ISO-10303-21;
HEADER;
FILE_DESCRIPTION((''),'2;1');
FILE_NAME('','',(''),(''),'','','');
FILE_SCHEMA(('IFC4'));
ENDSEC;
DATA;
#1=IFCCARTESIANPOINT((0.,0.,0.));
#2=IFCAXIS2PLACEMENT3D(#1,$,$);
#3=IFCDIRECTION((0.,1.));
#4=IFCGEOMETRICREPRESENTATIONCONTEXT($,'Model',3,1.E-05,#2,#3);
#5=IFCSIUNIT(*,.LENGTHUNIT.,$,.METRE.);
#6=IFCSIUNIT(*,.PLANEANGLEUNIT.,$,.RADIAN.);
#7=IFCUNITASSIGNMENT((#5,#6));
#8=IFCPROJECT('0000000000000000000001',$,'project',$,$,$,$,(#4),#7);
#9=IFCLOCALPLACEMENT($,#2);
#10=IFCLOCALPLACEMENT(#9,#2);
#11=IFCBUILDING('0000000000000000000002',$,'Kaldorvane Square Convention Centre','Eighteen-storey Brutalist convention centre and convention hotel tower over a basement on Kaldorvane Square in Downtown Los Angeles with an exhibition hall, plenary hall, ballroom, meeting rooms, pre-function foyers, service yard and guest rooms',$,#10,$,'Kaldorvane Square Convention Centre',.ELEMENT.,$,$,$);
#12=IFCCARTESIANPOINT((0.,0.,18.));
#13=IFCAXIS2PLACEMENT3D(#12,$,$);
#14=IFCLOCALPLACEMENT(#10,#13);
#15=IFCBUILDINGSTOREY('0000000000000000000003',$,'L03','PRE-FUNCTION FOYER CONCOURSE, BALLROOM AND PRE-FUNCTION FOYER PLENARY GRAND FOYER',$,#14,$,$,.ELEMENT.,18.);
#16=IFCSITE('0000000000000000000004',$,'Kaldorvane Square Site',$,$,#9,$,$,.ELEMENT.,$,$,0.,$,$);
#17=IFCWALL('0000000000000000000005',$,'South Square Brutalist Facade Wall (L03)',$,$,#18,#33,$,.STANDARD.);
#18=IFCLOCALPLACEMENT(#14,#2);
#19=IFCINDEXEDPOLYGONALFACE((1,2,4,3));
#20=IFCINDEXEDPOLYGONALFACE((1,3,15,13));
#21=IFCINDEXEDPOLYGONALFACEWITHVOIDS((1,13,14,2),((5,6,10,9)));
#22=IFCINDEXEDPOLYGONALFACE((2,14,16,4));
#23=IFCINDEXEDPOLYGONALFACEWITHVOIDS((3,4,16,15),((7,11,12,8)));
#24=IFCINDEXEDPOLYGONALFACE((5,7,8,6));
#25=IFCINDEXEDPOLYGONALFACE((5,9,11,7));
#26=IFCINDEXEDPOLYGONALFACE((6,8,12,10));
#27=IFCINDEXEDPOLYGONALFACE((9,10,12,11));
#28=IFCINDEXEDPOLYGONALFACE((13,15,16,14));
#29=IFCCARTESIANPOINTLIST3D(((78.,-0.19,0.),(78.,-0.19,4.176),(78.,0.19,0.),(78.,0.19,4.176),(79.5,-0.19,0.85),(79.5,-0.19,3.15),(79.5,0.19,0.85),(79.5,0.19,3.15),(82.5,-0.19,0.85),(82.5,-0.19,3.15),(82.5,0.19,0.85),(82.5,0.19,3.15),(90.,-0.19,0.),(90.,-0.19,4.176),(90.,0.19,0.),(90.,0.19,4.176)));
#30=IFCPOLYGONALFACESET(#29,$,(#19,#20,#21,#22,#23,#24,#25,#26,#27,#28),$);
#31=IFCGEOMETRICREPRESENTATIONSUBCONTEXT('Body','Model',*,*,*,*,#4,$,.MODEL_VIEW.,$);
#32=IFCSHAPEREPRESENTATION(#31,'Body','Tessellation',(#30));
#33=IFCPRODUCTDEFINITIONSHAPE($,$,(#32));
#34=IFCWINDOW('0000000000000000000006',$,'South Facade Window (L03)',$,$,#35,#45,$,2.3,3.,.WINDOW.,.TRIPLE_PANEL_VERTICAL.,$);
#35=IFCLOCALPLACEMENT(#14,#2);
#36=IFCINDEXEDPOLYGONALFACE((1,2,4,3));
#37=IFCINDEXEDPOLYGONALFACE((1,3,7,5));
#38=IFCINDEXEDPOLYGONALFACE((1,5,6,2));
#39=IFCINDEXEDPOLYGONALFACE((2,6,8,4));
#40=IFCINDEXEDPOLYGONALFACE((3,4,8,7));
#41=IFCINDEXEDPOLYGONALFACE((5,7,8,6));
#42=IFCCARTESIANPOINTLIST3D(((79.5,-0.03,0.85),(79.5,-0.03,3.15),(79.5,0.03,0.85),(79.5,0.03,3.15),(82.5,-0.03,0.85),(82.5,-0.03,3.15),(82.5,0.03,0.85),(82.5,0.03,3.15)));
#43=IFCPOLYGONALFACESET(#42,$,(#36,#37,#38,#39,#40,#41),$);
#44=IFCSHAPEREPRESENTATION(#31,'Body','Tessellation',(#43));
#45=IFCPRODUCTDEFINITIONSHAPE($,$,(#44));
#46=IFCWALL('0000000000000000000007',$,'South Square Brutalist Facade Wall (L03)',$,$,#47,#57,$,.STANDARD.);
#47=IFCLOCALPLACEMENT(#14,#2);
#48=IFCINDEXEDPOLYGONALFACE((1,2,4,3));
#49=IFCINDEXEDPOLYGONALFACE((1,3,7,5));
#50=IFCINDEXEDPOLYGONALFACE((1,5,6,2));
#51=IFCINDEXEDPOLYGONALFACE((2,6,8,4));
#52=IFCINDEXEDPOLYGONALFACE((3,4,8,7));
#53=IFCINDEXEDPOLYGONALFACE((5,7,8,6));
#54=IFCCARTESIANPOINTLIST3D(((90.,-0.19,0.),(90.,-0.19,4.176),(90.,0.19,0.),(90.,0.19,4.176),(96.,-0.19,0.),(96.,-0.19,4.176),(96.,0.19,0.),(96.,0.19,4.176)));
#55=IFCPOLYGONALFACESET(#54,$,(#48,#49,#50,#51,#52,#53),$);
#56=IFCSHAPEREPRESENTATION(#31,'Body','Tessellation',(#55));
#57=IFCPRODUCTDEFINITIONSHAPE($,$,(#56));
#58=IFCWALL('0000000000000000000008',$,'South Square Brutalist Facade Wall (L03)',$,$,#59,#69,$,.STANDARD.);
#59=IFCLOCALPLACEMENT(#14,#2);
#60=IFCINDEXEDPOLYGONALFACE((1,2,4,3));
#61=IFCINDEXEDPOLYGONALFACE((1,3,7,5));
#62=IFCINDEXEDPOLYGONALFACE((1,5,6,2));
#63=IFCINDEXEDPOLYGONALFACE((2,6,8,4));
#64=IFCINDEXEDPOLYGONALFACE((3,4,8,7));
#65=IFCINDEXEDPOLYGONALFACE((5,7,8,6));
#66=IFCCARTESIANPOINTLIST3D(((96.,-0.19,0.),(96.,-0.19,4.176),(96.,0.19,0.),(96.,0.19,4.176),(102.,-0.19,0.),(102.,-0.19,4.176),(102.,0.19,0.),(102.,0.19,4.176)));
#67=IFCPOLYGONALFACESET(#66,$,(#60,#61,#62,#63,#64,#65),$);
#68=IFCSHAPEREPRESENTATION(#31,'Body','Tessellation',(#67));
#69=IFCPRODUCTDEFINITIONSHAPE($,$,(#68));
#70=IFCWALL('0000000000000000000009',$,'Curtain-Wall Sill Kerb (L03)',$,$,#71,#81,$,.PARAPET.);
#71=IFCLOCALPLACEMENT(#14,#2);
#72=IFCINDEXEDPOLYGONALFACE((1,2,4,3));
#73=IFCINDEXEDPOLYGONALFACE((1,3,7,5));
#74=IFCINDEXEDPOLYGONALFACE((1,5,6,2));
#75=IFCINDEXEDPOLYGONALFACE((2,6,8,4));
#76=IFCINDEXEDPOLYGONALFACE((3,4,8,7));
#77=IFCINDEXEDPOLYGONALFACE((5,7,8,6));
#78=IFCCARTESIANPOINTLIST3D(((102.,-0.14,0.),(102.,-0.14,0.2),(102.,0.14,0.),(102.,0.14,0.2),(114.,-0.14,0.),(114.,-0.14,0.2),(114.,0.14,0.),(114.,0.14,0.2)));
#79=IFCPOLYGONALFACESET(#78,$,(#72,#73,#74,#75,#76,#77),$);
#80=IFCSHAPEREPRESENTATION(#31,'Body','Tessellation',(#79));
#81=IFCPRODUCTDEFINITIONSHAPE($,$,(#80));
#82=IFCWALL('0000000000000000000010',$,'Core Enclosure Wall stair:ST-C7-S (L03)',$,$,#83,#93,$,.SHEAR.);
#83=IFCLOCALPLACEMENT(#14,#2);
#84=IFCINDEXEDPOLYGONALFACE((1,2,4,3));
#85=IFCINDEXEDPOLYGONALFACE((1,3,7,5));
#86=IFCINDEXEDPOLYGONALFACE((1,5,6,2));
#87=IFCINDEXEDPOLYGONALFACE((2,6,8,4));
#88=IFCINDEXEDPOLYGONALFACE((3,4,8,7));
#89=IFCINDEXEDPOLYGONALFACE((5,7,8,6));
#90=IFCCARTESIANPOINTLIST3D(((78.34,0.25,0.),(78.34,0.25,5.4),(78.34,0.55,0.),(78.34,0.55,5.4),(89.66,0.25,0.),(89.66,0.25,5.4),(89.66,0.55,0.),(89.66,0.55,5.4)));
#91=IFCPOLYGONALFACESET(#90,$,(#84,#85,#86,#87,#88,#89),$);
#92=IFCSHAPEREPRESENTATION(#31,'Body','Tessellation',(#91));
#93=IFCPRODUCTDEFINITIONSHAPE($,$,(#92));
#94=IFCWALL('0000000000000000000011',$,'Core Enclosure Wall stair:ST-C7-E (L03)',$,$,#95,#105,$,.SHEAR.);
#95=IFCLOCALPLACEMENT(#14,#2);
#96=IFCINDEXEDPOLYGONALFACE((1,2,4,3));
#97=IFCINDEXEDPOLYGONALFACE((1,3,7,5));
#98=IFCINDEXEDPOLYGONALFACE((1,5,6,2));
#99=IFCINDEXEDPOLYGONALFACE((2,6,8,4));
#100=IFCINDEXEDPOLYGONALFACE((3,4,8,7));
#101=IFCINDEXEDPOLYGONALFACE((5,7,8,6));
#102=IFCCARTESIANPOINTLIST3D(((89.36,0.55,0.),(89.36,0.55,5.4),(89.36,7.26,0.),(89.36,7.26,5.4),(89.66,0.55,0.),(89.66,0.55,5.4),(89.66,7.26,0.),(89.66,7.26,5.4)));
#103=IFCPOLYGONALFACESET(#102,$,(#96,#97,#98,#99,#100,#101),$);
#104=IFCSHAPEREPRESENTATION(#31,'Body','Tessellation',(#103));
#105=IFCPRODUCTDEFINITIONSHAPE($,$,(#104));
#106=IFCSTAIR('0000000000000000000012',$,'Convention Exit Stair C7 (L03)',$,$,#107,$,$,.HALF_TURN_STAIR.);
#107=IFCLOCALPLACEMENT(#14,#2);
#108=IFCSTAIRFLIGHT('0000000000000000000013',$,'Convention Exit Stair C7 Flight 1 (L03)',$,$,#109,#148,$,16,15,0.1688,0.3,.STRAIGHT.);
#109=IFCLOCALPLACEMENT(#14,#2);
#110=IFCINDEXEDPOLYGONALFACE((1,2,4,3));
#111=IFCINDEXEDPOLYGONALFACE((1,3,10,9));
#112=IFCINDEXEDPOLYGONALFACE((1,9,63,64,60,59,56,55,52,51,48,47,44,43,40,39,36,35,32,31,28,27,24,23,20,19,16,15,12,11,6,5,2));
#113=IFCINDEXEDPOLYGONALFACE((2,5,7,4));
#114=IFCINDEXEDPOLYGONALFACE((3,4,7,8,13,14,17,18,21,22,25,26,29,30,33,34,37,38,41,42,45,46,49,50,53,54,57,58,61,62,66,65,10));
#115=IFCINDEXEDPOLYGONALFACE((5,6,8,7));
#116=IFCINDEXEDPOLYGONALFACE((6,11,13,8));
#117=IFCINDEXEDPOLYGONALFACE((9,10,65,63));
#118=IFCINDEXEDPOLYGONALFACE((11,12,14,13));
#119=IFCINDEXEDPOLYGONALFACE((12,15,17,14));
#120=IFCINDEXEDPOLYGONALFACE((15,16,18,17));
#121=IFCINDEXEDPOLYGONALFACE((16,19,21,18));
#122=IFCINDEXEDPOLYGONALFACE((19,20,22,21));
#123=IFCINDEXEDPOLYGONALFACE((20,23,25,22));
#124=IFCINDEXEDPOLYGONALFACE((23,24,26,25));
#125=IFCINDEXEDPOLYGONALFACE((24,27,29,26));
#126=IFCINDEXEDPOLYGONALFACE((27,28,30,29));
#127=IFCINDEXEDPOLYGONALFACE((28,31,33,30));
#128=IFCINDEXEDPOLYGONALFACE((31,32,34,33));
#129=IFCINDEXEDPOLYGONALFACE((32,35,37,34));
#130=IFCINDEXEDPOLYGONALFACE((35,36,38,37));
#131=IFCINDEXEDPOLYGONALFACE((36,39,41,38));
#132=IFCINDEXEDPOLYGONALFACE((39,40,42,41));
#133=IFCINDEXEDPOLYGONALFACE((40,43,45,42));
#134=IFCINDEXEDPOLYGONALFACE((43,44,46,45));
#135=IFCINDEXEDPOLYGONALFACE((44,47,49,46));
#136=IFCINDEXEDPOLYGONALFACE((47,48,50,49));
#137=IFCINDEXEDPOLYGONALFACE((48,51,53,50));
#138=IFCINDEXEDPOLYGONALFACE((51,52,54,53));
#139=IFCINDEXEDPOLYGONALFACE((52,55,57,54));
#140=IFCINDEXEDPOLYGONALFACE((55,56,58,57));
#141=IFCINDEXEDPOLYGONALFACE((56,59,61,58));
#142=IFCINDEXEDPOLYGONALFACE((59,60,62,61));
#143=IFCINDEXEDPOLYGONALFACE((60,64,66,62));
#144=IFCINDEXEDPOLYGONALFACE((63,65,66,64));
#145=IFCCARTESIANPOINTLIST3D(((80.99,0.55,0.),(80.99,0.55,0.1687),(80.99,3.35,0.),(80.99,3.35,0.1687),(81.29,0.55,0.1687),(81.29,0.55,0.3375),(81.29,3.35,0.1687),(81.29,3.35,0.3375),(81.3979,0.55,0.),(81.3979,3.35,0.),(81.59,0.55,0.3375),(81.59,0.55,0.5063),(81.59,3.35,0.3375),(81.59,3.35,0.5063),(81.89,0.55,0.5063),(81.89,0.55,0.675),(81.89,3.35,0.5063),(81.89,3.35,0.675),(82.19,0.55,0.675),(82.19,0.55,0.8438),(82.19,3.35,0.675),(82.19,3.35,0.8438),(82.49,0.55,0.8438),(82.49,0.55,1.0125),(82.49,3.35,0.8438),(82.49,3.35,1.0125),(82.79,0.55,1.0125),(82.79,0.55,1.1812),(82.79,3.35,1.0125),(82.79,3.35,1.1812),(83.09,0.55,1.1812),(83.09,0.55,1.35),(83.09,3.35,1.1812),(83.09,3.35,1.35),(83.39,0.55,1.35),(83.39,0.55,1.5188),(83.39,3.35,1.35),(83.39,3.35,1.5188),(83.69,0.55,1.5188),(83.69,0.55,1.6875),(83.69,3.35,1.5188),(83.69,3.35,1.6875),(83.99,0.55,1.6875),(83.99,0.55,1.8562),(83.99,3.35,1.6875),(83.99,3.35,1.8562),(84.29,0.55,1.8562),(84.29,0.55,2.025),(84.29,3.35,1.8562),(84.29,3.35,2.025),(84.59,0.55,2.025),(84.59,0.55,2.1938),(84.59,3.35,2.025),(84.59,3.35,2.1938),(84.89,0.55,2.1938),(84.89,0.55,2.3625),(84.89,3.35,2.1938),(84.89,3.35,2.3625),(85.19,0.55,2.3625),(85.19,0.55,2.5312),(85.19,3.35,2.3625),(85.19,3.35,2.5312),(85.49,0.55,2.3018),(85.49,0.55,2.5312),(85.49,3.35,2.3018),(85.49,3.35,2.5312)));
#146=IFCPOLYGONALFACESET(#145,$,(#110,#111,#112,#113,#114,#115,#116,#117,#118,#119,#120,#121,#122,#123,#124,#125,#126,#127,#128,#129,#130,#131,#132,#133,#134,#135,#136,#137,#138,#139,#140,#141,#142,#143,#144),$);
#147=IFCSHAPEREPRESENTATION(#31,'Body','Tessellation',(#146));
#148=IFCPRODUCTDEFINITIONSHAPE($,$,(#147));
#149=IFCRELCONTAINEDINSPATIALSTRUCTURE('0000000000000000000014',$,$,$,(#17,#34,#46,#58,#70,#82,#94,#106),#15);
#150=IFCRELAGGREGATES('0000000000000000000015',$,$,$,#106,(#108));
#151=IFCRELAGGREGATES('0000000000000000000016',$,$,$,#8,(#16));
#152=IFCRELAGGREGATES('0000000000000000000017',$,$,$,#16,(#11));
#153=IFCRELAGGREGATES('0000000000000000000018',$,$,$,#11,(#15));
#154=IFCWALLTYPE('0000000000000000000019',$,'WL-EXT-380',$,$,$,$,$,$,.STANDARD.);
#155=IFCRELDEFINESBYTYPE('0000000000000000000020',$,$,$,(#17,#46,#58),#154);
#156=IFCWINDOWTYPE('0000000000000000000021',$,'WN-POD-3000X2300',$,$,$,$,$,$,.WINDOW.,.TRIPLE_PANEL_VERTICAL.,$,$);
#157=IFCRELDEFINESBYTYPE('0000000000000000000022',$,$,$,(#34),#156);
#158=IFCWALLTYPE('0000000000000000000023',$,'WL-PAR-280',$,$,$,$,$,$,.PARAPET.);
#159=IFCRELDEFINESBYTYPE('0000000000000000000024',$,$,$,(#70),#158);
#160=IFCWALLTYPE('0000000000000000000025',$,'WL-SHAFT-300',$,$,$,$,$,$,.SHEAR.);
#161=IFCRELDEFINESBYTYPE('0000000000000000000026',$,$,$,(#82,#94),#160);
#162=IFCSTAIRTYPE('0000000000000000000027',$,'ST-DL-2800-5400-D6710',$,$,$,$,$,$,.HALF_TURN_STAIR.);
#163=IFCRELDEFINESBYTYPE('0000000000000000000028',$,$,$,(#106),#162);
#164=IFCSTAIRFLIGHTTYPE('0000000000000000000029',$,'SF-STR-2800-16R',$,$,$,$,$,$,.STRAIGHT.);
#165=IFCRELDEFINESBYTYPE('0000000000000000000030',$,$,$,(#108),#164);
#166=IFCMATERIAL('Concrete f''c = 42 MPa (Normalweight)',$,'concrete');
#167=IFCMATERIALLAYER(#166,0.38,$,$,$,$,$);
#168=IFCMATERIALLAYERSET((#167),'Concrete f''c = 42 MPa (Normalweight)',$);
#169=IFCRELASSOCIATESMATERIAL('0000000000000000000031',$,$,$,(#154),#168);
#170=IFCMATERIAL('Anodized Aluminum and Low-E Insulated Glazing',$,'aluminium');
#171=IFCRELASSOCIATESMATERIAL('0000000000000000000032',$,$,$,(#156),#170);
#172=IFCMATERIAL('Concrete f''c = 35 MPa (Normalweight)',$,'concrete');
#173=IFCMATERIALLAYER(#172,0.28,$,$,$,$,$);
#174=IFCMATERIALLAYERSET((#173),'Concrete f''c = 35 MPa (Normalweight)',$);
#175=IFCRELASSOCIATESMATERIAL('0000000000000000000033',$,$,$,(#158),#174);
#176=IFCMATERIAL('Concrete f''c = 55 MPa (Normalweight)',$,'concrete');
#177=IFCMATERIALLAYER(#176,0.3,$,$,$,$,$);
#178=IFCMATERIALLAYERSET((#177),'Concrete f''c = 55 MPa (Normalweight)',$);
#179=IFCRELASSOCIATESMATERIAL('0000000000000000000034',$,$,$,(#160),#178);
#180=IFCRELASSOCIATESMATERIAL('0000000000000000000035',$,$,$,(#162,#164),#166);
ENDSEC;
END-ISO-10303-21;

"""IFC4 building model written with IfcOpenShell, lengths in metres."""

from ifc_helpers import new_model, si_unit, direction, frame, frame_2d, origin, place, context, subcontext, project, spatial, polyline, rectangle, outline, extrude, material, layer, layer_set, type_object, element, fill, aggregate, save


model = new_model("IFC4")

# Units and contexts
model_context = context("Model", 3, precision=1e-05, world=origin(), true_north=direction((0.0, 1.0)))
body_context = subcontext(model_context, "Body", "Model", "MODEL_VIEW")
ifc_project = project(units=[si_unit("LENGTHUNIT", "METRE"), si_unit("PLANEANGLEUNIT", "RADIAN")], contexts=[model_context])

# Site, building, storey
site_placement = place(None, origin())
site = spatial("IfcSite", under=ifc_project, at=site_placement, Name="Kaldorvane Square Site", CompositionType="ELEMENT", RefElevation=0.0)
building_placement = place(site_placement, origin())
building = spatial("IfcBuilding", under=site, at=building_placement, Name="Kaldorvane Square Convention Centre", Description="Eighteen-storey Brutalist convention centre and convention hotel tower over a basement on Kaldorvane Square in Downtown Los Angeles with an exhibition hall, plenary hall, ballroom, meeting rooms, pre-function foyers, service yard and guest rooms", LongName="Kaldorvane Square Convention Centre", CompositionType="ELEMENT")
storey_placement = place(building_placement, frame((0.0, 0.0, 18.0)))
storey = spatial("IfcBuildingStorey", under=building, at=storey_placement, Name="L03", Description="PRE-FUNCTION FOYER CONCOURSE, BALLROOM AND PRE-FUNCTION FOYER PLENARY GRAND FOYER", CompositionType="ELEMENT", Elevation=18.0)

# Shared definitions
ifc_material_1 = material(Name="Concrete f'c = 55 MPa (Normalweight)", Category="concrete")

# Shared definitions
ifc_material_2 = material(Name="Concrete f'c = 42 MPa (Normalweight)", Category="concrete")

# Shared definitions
ifc_material_3 = material(Name="Anodized Aluminum and Low-E Insulated Glazing", Category="aluminium")

# Wall, opening, window
ifc_layer_1 = layer(ifc_material_2, 0.38)
ifc_layer_set_1 = layer_set([ifc_layer_1], Name="Concrete f'c = 42 MPa (Normalweight)")
wall_type_1 = type_object("IfcWallType", Name="WL-EXT-380", PredefinedType="STANDARD", material=ifc_layer_set_1)
wall_1_placement = place(storey_placement, frame((78.0, 0.0, 0.0), z_axis=(0.0, 0.0, 1.0), x_axis=(1.0, 0.0, 0.0)))
wall_1 = element("IfcWall", 1, at=wall_1_placement, inside=storey, type_object=wall_type_1, Name="South Square Brutalist Facade Wall (L03)", PredefinedType="STANDARD", context=body_context, shape_type="SweptSolid", body=[
    extrude(rectangle(XDim=12.0, YDim=0.38, at=frame_2d((6.0, 0.0))), origin(), (0.0, 0.0, 1.0), 4.176),
])
opening_placement = place(wall_1_placement, frame((1.5, 0.0, 0.85)))
opening = element("IfcOpeningElement", 2, at=opening_placement, cuts=wall_1, PredefinedType="OPENING", context=body_context, shape_type="SweptSolid", body=[
    extrude(rectangle(XDim=3.0, YDim=2.3, at=frame_2d((1.5, 1.15))), frame((0.0, 0.205, 0.0), z_axis=(0.0, -1.0, 0.0), x_axis=(1.0, 0.0, 0.0)), (0.0, 0.0, 1.0), 0.41),
])
window_type = type_object("IfcWindowType", Name="WN-POD-3000X2300", PartitioningType="TRIPLE_PANEL_VERTICAL", PredefinedType="WINDOW", material=ifc_material_3)
window_placement = place(opening_placement, origin())
window = element("IfcWindow", 3, at=window_placement, inside=storey, type_object=window_type, Name="South Facade Window (L03)", OverallHeight=2.3, OverallWidth=3.0, PartitioningType="TRIPLE_PANEL_VERTICAL", PredefinedType="WINDOW", context=body_context, shape_type="SweptSolid", body=[
    extrude(rectangle(XDim=3.0, YDim=2.3, at=frame_2d((1.5, 1.15))), frame((0.0, 0.03, 0.0), z_axis=(0.0, -1.0, 0.0), x_axis=(1.0, 0.0, 0.0)), (0.0, 0.0, 1.0), 0.06),
])
fill(opening, window)

# Walls
for number, where, z_axis, x_axis, name in (
    (4, (90.0, 0.0, 0.0), (0.0, 0.0, 1.0), (1.0, 0.0, 0.0), "South Square Brutalist Facade Wall (L03)"),
    (5, (96.0, 0.0, 0.0), (0.0, 0.0, 1.0), (1.0, 0.0, 0.0), "South Square Brutalist Facade Wall (L03)"),
):
    element("IfcWall", number, at=place(storey_placement, frame(where, z_axis=z_axis, x_axis=x_axis)), inside=storey, type_object=wall_type_1, Name=name, PredefinedType="STANDARD", context=body_context, shape_type="SweptSolid", body=[
        extrude(rectangle(XDim=6.0, YDim=0.38, at=frame_2d((3.0, 0.0))), origin(), (0.0, 0.0, 1.0), 4.176),
    ])
ifc_material_4 = material(Name="Concrete f'c = 35 MPa (Normalweight)", Category="concrete")
ifc_layer_2 = layer(ifc_material_4, 0.28)
ifc_layer_set_2 = layer_set([ifc_layer_2], Name="Concrete f'c = 35 MPa (Normalweight)")
wall_type_2 = type_object("IfcWallType", Name="WL-PAR-280", PredefinedType="PARAPET", material=ifc_layer_set_2)
wall_2_placement = place(storey_placement, frame((102.0, 0.0, 0.0), z_axis=(0.0, 0.0, 1.0), x_axis=(1.0, 0.0, 0.0)))
element("IfcWall", 6, at=wall_2_placement, inside=storey, type_object=wall_type_2, Name="Curtain-Wall Sill Kerb (L03)", PredefinedType="PARAPET", context=body_context, shape_type="SweptSolid", body=[
    extrude(rectangle(XDim=12.0, YDim=0.28, at=frame_2d((6.0, 0.0))), origin(), (0.0, 0.0, 1.0), 0.2),
])
ifc_layer_3 = layer(ifc_material_1, 0.3)
ifc_layer_set_3 = layer_set([ifc_layer_3], Name="Concrete f'c = 55 MPa (Normalweight)")
wall_type_3 = type_object("IfcWallType", Name="WL-SHAFT-300", PredefinedType="SHEAR", material=ifc_layer_set_3)
wall_3_placement = place(storey_placement, frame((89.66, 0.4, 0.0), z_axis=(0.0, 0.0, 1.0), x_axis=(-1.0, 0.0, 0.0)))
element("IfcWall", 7, at=wall_3_placement, inside=storey, type_object=wall_type_3, Name="Core Enclosure Wall stair:ST-C7-S (L03)", PredefinedType="SHEAR", context=body_context, shape_type="SweptSolid", body=[
    extrude(rectangle(XDim=11.32, YDim=0.3, at=frame_2d((5.66, 0.0))), origin(), (0.0, 0.0, 1.0), 5.4),
])
wall_4_placement = place(storey_placement, frame((89.51, 0.55, 0.0), z_axis=(0.0, 0.0, 1.0), x_axis=(0.0, 1.0, 0.0)))
element("IfcWall", 8, at=wall_4_placement, inside=storey, type_object=wall_type_3, Name="Core Enclosure Wall stair:ST-C7-E (L03)", PredefinedType="SHEAR", context=body_context, shape_type="SweptSolid", body=[
    extrude(rectangle(XDim=6.71, YDim=0.3, at=frame_2d((3.355, 0.0))), origin(), (0.0, 0.0, 1.0), 5.4),
])

# Stair, stair flight
stair_type = type_object("IfcStairType", Name="ST-DL-2800-5400-D6710", PredefinedType="HALF_TURN_STAIR", material=ifc_material_2)
stair_placement = place(storey_placement, origin())
stair = element("IfcStair", 9, at=stair_placement, inside=storey, type_object=stair_type, Name="Convention Exit Stair C7 (L03)", PredefinedType="HALF_TURN_STAIR")
stair_flight_type = type_object("IfcStairFlightType", Name="SF-STR-2800-16R", PredefinedType="STRAIGHT", material=ifc_material_2)
stair_flight_placement = place(storey_placement, frame((80.99, 1.95, 0.0), z_axis=(0.0, 0.0, 1.0), x_axis=(1.0, 0.0, 0.0)))
stair_flight = element("IfcStairFlight", 10, at=stair_flight_placement, type_object=stair_flight_type, Name="Convention Exit Stair C7 Flight 1 (L03)", NumberOfRisers=16, NumberOfTreads=15, PredefinedType="STRAIGHT", RiserHeight=0.1688, TreadLength=0.3, context=body_context, shape_type="SweptSolid", body=[
    extrude(outline(polyline([(0.0, 0.0), (0.0, 0.1687), (0.3, 0.1687), (0.3, 0.3375), (0.6, 0.3375), (0.6, 0.5063), (0.9, 0.5063), (0.9, 0.675), (1.2, 0.675), (1.2, 0.8438), (1.5, 0.8438), (1.5, 1.0125), (1.8, 1.0125), (1.8, 1.1812), (2.1, 1.1812), (2.1, 1.35), (2.4, 1.35), (2.4, 1.5188), (2.7, 1.5188), (2.7, 1.6875), (3.0, 1.6875), (3.0, 1.8562), (3.3, 1.8562), (3.3, 2.025), (3.6, 2.025), (3.6, 2.1938), (3.9, 2.1938), (3.9, 2.3625), (4.2, 2.3625), (4.2, 2.5312), (4.5, 2.5312), (4.5, 2.7), (4.5, 2.3018), (0.4079, 0.0), (0.0, 0.0)])), frame((0.0, 1.4, 0.0), z_axis=(0.0, -1.0, 0.0), x_axis=(1.0, 0.0, 0.0)), (0.0, 0.0, 1.0), 2.8),
])
aggregate(stair, [stair_flight])

save(model, "model.ifc")
